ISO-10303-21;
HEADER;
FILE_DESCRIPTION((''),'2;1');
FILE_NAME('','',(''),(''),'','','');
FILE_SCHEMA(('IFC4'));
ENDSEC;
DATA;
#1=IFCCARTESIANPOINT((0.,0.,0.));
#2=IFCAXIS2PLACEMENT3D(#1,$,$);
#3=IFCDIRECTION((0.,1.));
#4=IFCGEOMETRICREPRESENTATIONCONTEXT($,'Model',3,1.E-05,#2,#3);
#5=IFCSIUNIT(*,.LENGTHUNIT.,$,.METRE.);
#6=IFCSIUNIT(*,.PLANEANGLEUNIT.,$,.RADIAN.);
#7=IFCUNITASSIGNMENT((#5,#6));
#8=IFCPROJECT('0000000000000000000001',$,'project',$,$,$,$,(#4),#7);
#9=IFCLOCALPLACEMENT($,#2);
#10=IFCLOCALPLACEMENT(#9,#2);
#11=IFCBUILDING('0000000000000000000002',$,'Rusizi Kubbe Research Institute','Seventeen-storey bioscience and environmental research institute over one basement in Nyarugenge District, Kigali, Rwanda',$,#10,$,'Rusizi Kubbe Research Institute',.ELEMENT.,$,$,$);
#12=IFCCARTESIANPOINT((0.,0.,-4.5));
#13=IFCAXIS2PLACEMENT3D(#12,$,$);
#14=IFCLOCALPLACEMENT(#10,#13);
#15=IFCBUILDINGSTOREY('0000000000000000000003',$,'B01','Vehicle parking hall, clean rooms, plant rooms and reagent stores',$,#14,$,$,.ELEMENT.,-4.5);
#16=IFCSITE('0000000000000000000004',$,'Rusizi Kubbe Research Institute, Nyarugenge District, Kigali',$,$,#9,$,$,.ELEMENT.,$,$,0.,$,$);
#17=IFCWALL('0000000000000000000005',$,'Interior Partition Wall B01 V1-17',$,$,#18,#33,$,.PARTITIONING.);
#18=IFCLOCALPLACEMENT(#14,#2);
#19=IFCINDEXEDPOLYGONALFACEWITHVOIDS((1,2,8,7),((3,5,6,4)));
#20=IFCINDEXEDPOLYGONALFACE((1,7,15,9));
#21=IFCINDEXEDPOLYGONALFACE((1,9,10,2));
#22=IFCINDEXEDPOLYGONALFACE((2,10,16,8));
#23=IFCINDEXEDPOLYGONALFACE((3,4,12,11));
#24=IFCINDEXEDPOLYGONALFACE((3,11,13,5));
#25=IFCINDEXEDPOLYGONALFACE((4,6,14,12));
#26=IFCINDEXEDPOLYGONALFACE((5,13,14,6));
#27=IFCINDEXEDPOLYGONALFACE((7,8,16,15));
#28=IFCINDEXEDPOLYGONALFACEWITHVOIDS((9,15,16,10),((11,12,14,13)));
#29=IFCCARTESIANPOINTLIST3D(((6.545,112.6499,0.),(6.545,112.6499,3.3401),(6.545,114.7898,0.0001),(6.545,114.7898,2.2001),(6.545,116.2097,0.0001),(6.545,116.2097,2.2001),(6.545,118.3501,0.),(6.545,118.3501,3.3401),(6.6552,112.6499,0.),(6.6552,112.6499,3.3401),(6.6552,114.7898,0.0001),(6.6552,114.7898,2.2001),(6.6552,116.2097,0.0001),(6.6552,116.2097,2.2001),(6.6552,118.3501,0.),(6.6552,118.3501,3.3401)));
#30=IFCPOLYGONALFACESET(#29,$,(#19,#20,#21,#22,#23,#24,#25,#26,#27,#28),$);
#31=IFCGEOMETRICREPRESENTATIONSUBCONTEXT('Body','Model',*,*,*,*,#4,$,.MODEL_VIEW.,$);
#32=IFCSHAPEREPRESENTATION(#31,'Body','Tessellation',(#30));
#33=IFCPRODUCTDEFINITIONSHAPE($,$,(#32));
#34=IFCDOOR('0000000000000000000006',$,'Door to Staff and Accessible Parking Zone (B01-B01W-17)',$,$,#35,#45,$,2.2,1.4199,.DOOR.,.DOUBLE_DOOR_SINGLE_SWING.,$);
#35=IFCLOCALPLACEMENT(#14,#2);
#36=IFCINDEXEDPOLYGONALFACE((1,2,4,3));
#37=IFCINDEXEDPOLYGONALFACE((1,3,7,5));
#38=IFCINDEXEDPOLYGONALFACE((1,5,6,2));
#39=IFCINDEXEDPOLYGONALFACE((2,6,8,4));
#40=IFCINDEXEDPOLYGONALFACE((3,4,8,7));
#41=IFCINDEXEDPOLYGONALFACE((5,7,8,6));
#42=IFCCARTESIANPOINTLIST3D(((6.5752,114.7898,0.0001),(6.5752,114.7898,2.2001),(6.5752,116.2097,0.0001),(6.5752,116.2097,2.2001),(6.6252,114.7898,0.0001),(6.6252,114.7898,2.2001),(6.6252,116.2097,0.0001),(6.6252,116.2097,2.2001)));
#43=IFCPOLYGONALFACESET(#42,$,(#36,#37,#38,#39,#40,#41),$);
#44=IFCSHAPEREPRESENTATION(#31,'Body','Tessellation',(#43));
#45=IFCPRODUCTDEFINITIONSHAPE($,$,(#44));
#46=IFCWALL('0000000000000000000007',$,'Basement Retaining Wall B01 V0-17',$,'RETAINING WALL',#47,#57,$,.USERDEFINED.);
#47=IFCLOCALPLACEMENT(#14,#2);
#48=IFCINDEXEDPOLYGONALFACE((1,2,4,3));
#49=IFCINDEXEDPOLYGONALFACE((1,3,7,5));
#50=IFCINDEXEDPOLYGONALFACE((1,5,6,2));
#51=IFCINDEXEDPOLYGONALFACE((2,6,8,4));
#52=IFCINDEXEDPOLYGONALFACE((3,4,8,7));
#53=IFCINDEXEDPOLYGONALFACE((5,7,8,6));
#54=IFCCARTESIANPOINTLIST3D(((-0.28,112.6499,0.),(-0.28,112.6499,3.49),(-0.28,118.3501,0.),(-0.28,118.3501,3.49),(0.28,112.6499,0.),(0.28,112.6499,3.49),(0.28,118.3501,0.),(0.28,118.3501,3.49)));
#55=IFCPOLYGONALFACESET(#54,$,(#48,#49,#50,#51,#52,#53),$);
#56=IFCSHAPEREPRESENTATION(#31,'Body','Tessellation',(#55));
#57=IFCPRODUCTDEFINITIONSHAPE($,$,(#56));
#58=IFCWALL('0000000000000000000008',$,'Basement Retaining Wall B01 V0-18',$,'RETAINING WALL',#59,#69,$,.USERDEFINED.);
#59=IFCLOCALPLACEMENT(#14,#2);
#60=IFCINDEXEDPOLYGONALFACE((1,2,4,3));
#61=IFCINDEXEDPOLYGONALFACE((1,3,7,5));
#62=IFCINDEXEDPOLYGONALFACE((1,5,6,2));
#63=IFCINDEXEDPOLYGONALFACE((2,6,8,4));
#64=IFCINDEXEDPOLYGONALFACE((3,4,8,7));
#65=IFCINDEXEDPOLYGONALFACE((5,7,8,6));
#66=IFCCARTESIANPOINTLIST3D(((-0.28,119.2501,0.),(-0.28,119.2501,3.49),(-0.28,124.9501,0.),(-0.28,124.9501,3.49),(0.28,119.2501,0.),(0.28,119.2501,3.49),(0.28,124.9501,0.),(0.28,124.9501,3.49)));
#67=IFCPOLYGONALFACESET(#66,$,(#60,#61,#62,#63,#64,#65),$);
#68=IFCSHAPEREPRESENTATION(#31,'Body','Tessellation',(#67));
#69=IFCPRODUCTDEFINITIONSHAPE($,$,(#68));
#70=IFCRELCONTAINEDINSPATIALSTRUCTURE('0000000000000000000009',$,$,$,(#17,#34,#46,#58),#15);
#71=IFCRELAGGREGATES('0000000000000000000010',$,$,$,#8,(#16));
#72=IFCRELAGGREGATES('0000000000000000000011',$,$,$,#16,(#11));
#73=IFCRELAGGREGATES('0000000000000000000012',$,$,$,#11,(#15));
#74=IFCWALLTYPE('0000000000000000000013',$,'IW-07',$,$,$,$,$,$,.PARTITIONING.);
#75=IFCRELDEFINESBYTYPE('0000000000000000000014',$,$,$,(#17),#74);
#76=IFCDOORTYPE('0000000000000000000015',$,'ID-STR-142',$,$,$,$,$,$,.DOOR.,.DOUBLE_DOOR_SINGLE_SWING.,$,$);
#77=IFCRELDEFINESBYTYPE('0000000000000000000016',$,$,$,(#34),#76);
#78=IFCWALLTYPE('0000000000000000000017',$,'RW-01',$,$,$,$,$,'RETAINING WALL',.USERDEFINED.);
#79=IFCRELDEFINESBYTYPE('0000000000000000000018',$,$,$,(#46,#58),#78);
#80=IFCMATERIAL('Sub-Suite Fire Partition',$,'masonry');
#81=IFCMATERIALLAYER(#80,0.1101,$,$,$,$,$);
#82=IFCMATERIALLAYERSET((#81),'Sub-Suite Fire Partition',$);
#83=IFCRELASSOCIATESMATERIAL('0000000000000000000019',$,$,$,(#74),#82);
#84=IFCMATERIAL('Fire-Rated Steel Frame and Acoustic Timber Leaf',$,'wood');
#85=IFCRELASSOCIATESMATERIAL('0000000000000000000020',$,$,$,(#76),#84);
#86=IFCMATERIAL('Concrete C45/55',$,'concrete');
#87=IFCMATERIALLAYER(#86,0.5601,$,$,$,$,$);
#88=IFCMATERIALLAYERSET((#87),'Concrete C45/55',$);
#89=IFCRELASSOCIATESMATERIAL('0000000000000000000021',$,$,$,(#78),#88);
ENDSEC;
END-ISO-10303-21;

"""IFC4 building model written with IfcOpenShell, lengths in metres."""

from ifc_helpers import new_model, si_unit, direction, frame, frame_2d, origin, place, context, subcontext, project, spatial, rectangle, extrude, material, layer, layer_set, type_object, element, fill, save


model = new_model("IFC4")

# Units and contexts
model_context = context("Model", 3, precision=1e-05, world=origin(), true_north=direction((0.0, 1.0)))
body_context = subcontext(model_context, "Body", "Model", "MODEL_VIEW")
ifc_project = project(units=[si_unit("LENGTHUNIT", "METRE"), si_unit("PLANEANGLEUNIT", "RADIAN")], contexts=[model_context])

# Site, building, storey
site_placement = place(None, origin())
site = spatial("IfcSite", under=ifc_project, at=site_placement, Name="Rusizi Kubbe Research Institute, Nyarugenge District, Kigali", CompositionType="ELEMENT", RefElevation=0.0)
building_placement = place(site_placement, origin())
building = spatial("IfcBuilding", under=site, at=building_placement, Name="Rusizi Kubbe Research Institute", Description="Seventeen-storey bioscience and environmental research institute over one basement in Nyarugenge District, Kigali, Rwanda", LongName="Rusizi Kubbe Research Institute", CompositionType="ELEMENT")
storey_placement = place(building_placement, frame((0.0, 0.0, -4.5)))
storey = spatial("IfcBuildingStorey", under=building, at=storey_placement, Name="B01", Description="Vehicle parking hall, clean rooms, plant rooms and reagent stores", CompositionType="ELEMENT", Elevation=-4.5)

# Shared definitions
ifc_material_1 = material(Name="Sub-Suite Fire Partition", Category="masonry")
ifc_layer_1 = layer(ifc_material_1, 0.1101)
ifc_layer_set_1 = layer_set([ifc_layer_1], Name="Sub-Suite Fire Partition")
wall_type_1 = type_object("IfcWallType", Name="IW-07", PredefinedType="PARTITIONING", material=ifc_layer_set_1)

# Wall, opening, door
wall_1_placement = place(storey_placement, frame((6.6001, 112.6499, 0.0), z_axis=(0.0, 0.0, 1.0), x_axis=(0.0, 1.0, 0.0)))
wall_1 = element("IfcWall", 1, at=wall_1_placement, inside=storey, type_object=wall_type_1, Name="Interior Partition Wall B01 V1-17", PredefinedType="PARTITIONING", context=body_context, shape_type="SweptSolid", body=[
    extrude(rectangle(XDim=5.7002, YDim=0.1101, at=frame_2d((2.8501, 0.0))), origin(), (0.0, 0.0, 1.0), 3.3401),
])
opening_1_placement = place(wall_1_placement, frame((2.1399, 0.0, 0.0)))
opening_1 = element("IfcOpeningElement", 2, at=opening_1_placement, cuts=wall_1, PredefinedType="OPENING", context=body_context, shape_type="SweptSolid", body=[
    extrude(rectangle(XDim=1.4199, YDim=2.2, at=frame_2d((0.71, 1.1001))), frame((0.0, 0.0649, 0.0), z_axis=(0.0, -1.0, 0.0), x_axis=(1.0, 0.0, 0.0)), (0.0, 0.0, 1.0), 0.1301),
])
ifc_material_2 = material(Name="Fire-Rated Steel Frame and Acoustic Timber Leaf", Category="wood")
door_type_1 = type_object("IfcDoorType", Name="ID-STR-142", OperationType="DOUBLE_DOOR_SINGLE_SWING", PredefinedType="DOOR", material=ifc_material_2)
door_1_placement = place(opening_1_placement, origin())
door_1 = element("IfcDoor", 3, at=door_1_placement, inside=storey, type_object=door_type_1, Name="Door to Staff and Accessible Parking Zone (B01-B01W-17)", OperationType="DOUBLE_DOOR_SINGLE_SWING", OverallHeight=2.2, OverallWidth=1.4199, PredefinedType="DOOR", context=body_context, shape_type="SweptSolid", body=[
    extrude(rectangle(XDim=1.4199, YDim=2.2, at=frame_2d((0.71, 1.1001))), frame((0.0, 0.0249, 0.0), z_axis=(0.0, -1.0, 0.0), x_axis=(1.0, 0.0, 0.0)), (0.0, 0.0, 1.0), 0.05),
])
fill(opening_1, door_1)

# Walls
ifc_material_3 = material(Name="Concrete C45/55", Category="concrete")
ifc_layer_2 = layer(ifc_material_3, 0.5601)
ifc_layer_set_2 = layer_set([ifc_layer_2], Name="Concrete C45/55")
wall_type_2 = type_object("IfcWallType", Name="RW-01", ElementType="RETAINING WALL", PredefinedType="USERDEFINED", material=ifc_layer_set_2)
wall_2_placement = place(storey_placement, frame((0.0, 112.6499, 0.0), z_axis=(0.0, 0.0, 1.0), x_axis=(0.0, 1.0, 0.0)))
element("IfcWall", 4, at=wall_2_placement, inside=storey, type_object=wall_type_2, Name="Basement Retaining Wall B01 V0-17", ObjectType="RETAINING WALL", PredefinedType="USERDEFINED", context=body_context, shape_type="SweptSolid", body=[
    extrude(rectangle(XDim=5.7002, YDim=0.5601, at=frame_2d((2.8501, 0.0))), origin(), (0.0, 0.0, 1.0), 3.49),
])
wall_3_placement = place(storey_placement, frame((0.0, 119.25, 0.0), z_axis=(0.0, 0.0, 1.0), x_axis=(0.0, 1.0, 0.0)))
element("IfcWall", 5, at=wall_3_placement, inside=storey, type_object=wall_type_2, Name="Basement Retaining Wall B01 V0-18", ObjectType="RETAINING WALL", PredefinedType="USERDEFINED", context=body_context, shape_type="SweptSolid", body=[
    extrude(rectangle(XDim=5.7, YDim=0.5601, at=frame_2d((2.8501, 0.0))), origin(), (0.0, 0.0, 1.0), 3.49),
])

save(model, "model.ifc")
